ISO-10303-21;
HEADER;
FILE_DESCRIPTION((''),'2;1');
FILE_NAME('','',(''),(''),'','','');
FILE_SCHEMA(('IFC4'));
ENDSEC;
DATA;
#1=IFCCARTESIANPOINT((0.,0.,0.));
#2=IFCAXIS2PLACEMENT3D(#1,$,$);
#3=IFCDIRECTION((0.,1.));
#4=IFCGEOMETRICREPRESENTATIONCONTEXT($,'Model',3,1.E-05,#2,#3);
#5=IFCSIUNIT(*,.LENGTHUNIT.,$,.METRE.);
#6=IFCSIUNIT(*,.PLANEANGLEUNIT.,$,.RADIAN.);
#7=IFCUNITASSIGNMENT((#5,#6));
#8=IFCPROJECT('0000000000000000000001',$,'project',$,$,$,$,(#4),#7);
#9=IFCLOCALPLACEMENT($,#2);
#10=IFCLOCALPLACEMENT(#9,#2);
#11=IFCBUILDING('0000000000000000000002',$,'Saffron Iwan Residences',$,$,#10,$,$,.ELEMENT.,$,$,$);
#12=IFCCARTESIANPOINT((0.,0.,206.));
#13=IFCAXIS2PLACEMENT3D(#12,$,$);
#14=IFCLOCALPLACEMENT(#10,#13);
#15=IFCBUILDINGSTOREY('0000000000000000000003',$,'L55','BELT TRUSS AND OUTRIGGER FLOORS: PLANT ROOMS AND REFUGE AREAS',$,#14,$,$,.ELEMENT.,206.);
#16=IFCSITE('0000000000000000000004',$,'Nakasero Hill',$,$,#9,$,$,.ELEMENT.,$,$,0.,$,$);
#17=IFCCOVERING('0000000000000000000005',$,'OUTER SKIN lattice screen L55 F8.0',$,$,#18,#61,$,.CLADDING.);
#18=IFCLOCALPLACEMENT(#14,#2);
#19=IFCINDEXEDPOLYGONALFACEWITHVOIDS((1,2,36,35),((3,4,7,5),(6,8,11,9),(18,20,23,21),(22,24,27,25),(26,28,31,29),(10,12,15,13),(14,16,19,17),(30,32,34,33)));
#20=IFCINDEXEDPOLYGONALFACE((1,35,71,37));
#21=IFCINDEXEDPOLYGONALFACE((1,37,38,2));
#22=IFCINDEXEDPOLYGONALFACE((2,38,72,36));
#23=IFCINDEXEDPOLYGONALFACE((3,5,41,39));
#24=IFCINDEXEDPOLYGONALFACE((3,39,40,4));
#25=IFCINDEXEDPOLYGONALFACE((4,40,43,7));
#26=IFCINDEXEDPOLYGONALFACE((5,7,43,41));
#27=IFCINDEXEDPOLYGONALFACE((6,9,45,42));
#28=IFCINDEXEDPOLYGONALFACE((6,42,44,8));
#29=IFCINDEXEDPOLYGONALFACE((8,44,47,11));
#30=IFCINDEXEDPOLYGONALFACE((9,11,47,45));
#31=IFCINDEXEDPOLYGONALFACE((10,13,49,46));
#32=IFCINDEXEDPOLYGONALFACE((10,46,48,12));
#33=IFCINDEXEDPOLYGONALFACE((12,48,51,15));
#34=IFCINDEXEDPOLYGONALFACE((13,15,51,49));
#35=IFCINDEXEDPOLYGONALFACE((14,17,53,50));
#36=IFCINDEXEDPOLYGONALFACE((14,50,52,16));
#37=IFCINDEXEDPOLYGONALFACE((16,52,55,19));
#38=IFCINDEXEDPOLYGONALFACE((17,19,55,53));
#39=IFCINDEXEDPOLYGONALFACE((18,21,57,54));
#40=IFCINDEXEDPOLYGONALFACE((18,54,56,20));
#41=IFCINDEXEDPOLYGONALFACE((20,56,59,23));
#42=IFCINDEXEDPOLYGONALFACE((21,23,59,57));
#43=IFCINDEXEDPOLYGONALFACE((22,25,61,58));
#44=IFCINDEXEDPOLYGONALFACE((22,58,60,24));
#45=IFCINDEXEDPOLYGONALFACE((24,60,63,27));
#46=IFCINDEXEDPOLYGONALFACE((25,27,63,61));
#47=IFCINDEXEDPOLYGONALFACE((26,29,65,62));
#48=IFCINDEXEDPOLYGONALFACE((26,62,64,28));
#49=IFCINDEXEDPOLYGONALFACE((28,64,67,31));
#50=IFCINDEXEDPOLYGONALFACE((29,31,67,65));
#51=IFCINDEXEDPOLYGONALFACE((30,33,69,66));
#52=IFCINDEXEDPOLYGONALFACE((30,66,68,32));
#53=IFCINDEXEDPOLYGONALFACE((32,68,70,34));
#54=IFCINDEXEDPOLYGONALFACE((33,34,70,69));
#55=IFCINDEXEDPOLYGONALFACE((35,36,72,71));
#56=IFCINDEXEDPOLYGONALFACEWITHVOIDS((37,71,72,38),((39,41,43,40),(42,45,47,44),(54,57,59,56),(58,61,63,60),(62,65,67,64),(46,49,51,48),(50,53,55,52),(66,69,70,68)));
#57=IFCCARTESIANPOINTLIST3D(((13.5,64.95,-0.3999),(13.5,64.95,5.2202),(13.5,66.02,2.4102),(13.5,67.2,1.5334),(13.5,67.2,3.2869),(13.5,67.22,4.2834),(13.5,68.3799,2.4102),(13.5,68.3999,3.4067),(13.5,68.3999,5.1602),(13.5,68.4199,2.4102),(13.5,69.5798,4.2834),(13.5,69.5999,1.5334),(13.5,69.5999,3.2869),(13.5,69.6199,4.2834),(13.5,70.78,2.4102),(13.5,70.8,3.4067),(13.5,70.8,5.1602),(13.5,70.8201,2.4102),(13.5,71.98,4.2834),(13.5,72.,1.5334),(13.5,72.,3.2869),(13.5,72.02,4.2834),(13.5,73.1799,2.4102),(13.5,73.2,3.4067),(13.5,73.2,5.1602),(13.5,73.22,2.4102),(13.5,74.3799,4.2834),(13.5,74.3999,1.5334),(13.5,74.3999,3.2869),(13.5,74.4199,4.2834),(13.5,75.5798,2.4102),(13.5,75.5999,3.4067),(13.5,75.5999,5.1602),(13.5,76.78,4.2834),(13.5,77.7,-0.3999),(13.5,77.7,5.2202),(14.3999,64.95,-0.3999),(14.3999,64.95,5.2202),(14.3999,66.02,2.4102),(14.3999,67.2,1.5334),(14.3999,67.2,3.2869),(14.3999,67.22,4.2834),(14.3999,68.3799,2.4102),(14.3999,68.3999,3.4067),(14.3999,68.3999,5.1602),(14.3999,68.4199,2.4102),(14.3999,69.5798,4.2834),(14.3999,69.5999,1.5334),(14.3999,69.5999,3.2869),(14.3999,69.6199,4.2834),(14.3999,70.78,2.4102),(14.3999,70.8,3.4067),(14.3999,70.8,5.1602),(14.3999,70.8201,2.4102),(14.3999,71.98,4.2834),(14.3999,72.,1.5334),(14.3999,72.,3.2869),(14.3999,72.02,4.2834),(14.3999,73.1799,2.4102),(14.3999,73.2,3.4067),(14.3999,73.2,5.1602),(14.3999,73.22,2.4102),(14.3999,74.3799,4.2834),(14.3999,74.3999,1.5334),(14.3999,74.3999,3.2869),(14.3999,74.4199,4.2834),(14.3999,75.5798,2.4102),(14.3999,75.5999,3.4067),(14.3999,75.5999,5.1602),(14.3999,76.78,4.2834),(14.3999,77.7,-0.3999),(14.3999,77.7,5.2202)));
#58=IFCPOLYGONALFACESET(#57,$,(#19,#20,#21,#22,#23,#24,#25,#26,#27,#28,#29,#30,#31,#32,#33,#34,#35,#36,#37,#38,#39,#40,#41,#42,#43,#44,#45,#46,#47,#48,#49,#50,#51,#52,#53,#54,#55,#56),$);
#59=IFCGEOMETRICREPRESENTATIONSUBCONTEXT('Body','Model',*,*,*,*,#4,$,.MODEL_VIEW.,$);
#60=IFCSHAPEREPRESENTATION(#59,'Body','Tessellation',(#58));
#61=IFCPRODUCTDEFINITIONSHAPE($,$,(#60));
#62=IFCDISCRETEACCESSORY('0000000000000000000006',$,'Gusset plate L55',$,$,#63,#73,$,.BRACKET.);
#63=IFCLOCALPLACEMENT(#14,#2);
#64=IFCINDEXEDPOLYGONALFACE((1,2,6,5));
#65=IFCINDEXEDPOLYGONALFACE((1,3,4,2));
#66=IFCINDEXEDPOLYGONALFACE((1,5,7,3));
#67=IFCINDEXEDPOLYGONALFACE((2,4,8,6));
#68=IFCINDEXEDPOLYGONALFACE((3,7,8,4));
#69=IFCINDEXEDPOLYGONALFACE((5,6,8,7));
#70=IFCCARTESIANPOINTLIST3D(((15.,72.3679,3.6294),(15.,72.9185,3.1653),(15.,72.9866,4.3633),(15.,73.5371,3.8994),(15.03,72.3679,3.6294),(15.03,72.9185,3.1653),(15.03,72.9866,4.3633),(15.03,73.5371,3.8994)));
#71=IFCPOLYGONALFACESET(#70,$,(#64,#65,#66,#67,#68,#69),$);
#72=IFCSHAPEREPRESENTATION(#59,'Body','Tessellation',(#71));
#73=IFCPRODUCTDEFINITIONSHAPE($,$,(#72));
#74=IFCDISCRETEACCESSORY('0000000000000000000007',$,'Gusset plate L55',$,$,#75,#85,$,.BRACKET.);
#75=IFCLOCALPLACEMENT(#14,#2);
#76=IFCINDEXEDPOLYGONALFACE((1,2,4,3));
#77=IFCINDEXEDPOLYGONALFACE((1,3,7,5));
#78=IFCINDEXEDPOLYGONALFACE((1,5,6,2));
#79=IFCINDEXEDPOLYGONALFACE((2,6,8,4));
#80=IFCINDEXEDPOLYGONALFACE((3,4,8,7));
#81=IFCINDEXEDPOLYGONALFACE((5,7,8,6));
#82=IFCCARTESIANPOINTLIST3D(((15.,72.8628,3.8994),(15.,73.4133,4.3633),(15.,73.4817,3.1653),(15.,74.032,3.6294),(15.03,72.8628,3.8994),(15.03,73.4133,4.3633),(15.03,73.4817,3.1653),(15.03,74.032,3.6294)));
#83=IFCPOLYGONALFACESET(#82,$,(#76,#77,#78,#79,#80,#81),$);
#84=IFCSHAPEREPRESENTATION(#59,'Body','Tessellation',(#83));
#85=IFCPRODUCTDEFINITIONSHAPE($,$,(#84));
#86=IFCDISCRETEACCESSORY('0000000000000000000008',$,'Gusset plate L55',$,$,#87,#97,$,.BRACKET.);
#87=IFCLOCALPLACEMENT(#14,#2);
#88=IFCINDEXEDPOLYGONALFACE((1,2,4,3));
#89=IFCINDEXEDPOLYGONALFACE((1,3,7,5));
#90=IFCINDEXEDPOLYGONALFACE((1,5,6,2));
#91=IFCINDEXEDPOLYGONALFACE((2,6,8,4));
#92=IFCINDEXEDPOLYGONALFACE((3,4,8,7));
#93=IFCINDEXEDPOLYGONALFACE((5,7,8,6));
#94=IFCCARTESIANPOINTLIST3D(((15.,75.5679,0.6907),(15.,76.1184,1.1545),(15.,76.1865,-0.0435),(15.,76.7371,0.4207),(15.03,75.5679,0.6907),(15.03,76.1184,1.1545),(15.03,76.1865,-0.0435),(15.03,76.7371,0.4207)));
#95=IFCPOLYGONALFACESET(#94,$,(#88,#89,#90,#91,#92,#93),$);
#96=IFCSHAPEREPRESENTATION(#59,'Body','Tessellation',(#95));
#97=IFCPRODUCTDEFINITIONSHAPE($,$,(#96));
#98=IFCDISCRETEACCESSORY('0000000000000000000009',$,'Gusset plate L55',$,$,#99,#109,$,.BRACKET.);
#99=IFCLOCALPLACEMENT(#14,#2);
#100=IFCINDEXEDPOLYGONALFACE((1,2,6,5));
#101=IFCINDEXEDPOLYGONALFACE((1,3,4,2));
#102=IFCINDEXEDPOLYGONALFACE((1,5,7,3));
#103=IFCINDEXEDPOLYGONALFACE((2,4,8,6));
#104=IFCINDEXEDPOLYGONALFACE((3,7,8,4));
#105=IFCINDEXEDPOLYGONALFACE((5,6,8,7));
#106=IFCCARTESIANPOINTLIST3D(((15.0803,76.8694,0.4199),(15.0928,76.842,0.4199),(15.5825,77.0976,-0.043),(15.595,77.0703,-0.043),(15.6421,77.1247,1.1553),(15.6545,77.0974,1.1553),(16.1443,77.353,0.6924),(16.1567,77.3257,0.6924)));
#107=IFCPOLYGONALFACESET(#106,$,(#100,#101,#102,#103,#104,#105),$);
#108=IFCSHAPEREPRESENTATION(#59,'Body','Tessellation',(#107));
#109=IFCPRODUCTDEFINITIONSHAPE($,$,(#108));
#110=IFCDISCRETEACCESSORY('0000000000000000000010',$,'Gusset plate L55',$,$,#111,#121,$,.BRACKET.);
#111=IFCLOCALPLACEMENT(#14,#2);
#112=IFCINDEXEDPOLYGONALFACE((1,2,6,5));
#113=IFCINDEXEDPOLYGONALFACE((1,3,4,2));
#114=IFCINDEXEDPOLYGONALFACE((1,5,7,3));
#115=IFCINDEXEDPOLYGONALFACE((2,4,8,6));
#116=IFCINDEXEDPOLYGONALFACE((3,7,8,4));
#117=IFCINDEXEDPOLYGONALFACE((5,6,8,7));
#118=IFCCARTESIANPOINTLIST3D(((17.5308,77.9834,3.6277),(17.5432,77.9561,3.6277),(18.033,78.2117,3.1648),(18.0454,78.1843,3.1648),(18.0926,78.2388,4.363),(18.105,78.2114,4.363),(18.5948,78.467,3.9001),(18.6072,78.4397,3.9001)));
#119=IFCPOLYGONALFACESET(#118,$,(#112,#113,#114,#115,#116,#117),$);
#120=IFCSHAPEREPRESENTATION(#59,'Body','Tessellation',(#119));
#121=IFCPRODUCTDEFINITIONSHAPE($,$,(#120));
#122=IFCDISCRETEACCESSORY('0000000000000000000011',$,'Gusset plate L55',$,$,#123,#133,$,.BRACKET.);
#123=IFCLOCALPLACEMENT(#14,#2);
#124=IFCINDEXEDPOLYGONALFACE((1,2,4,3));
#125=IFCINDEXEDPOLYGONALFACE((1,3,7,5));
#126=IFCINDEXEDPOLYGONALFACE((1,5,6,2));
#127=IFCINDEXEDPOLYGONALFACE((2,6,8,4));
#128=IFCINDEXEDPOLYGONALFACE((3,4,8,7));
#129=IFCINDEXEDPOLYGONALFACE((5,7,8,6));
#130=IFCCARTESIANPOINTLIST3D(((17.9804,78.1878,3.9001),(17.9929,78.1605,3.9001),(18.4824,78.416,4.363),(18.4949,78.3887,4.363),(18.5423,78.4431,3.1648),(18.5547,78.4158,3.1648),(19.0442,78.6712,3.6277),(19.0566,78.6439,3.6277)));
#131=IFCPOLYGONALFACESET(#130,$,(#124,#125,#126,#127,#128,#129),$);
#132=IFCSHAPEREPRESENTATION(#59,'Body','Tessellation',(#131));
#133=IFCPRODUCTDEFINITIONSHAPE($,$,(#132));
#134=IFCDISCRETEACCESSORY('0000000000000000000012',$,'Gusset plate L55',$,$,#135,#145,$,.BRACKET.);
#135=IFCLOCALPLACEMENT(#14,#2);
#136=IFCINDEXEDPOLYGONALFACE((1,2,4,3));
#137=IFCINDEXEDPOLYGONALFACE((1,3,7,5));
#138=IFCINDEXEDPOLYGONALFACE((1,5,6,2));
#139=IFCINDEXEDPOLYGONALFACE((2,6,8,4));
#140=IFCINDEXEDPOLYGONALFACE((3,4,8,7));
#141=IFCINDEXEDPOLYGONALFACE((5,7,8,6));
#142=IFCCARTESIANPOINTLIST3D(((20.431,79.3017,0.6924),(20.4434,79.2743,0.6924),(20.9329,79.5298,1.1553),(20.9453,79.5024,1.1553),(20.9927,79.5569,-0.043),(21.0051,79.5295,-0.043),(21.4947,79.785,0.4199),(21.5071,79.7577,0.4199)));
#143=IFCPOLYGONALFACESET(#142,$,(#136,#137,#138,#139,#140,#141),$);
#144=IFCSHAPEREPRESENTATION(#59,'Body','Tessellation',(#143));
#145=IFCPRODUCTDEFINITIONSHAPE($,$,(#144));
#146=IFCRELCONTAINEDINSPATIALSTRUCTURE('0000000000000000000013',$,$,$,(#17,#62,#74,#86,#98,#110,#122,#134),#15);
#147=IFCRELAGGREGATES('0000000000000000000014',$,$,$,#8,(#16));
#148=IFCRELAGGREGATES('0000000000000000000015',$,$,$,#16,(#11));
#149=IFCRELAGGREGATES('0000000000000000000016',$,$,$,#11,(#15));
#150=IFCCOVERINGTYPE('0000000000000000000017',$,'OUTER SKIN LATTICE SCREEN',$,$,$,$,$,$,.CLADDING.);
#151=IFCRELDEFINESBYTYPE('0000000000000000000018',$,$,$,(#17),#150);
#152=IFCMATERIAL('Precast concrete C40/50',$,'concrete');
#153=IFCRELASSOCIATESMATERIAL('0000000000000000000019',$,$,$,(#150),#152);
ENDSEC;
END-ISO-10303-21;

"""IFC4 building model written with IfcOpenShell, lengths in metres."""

from ifc_helpers import new_model, si_unit, direction, frame, origin, place, context, subcontext, project, spatial, polyline, outline, extrude, material, type_object, element, save


model = new_model("IFC4")

# Units and contexts
model_context = context("Model", 3, precision=1e-05, world=origin(), true_north=direction((0.0, 1.0)))
body_context = subcontext(model_context, "Body", "Model", "MODEL_VIEW")
ifc_project = project(units=[si_unit("LENGTHUNIT", "METRE"), si_unit("PLANEANGLEUNIT", "RADIAN")], contexts=[model_context])

# Site, building, storey
site_placement = place(None, origin())
site = spatial("IfcSite", under=ifc_project, at=site_placement, Name="Nakasero Hill", CompositionType="ELEMENT", RefElevation=0.0)
building_placement = place(site_placement, origin())
building = spatial("IfcBuilding", under=site, at=building_placement, Name="Saffron Iwan Residences", CompositionType="ELEMENT")
storey_placement = place(building_placement, frame((0.0, 0.0, 206.0)))
storey = spatial("IfcBuildingStorey", under=building, at=storey_placement, Name="L55", Description="BELT TRUSS AND OUTRIGGER FLOORS: PLANT ROOMS AND REFUGE AREAS", CompositionType="ELEMENT", Elevation=206.0)

# Covering
ifc_material_1 = material(Name="Precast concrete C40/50", Category="concrete")
covering_type = type_object("IfcCoveringType", Name="OUTER SKIN LATTICE SCREEN", PredefinedType="CLADDING", material=ifc_material_1)
covering_placement = place(storey_placement, frame((14.3999, 77.7, -0.3999), z_axis=(-1.0, 0.0, 0.0), x_axis=(0.0, -1.0, 0.0)))
element("IfcCovering", 1, at=covering_placement, inside=storey, type_object=covering_type, Name="OUTER SKIN lattice screen L55 F8.0", PredefinedType="CLADDING", context=body_context, shape_type="SweptSolid", body=[
    extrude(outline(polyline([(0.0, 0.0), (12.75, 0.0), (12.75, 5.6201), (0.0, 5.6201), (0.0, 0.0)]), holes=[polyline([(2.1201, 2.8101), (3.3, 1.9333), (4.48, 2.8101), (3.3, 3.6868), (2.1201, 2.8101)]), polyline([(4.52, 2.8101), (5.7, 1.9333), (6.8799, 2.8101), (5.7, 3.6868), (4.52, 2.8101)]), polyline([(6.9199, 2.8101), (8.1001, 1.9333), (9.28, 2.8101), (8.1001, 3.6868), (6.9199, 2.8101)]), polyline([(9.3201, 2.8101), (10.5, 1.9333), (11.6799, 2.8101), (10.5, 3.6868), (9.3201, 2.8101)]), polyline([(0.9199, 4.6833), (2.1001, 3.8066), (3.28, 4.6833), (2.1001, 5.5601), (0.9199, 4.6833)]), polyline([(3.3201, 4.6833), (4.5, 3.8066), (5.6799, 4.6833), (4.5, 5.5601), (3.3201, 4.6833)]), polyline([(5.72, 4.6833), (6.8999, 3.8066), (8.0801, 4.6833), (6.8999, 5.5601), (5.72, 4.6833)]), polyline([(8.1201, 4.6833), (9.3, 3.8066), (10.48, 4.6833), (9.3, 5.5601), (8.1201, 4.6833)])]), origin(), (0.0, 0.0, 1.0), 0.8999),
])

# Discrete accessories
discrete_accessory_1_placement = place(storey_placement, frame((15.0, 73.5371, 3.8994), z_axis=(-1.0, 0.0, 0.0), x_axis=(0.0, -0.644402, -0.764687)))
element("IfcDiscreteAccessory", 2, at=discrete_accessory_1_placement, inside=storey, Name="Gusset plate L55", PredefinedType="BRACKET", context=body_context, shape_type="SweptSolid", body=[
    extrude(outline(polyline([(0.0, 0.0), (0.96, 0.0), (0.9599, 0.7201), (0.0001, 0.7199), (0.0, 0.0)])), origin(), (0.0, 0.0, -1.0), 0.03),
])
discrete_accessory_2_placement = place(storey_placement, frame((15.0, 73.4133, 4.3633), z_axis=(-1.0, 0.0, 0.0), x_axis=(0.0, 0.644527, -0.764581)))
element("IfcDiscreteAccessory", 3, at=discrete_accessory_2_placement, inside=storey, Name="Gusset plate L55", PredefinedType="BRACKET", context=body_context, shape_type="SweptSolid", body=[
    extrude(outline(polyline([(0.0, 0.0), (0.9599, 0.0), (0.96, 0.7199), (-0.0002, 0.7199), (0.0, 0.0)])), origin(), (0.0, 0.0, -1.0), 0.03),
])
discrete_accessory_3_placement = place(storey_placement, frame((15.0, 76.1865, -0.0435), z_axis=(-1.0, 0.0, 0.0), x_axis=(0.0, -0.644402, 0.764687)))
element("IfcDiscreteAccessory", 4, at=discrete_accessory_3_placement, inside=storey, Name="Gusset plate L55", PredefinedType="BRACKET", context=body_context, shape_type="SweptSolid", body=[
    extrude(outline(polyline([(0.0, 0.0), (0.96, 0.0), (0.96, 0.7199), (0.0001, 0.7201), (0.0, 0.0)])), origin(), (0.0, 0.0, -1.0), 0.03),
])
for number, where, z_axis, x_axis, name in (
    (5, (15.0928, 76.842, 0.4199), (0.413815, -0.910361, 0.000016), (0.585194, 0.26602, 0.766017), "Gusset plate L55"),
    (6, (18.6072, 78.4397, 3.9001), (0.413815, -0.910361, 0.000016), (-0.585194, -0.26602, -0.766017), "Gusset plate L55"),
):
    element("IfcDiscreteAccessory", number, at=place(storey_placement, frame(where, z_axis=z_axis, x_axis=x_axis)), inside=storey, Name=name, PredefinedType="BRACKET", context=body_context, shape_type="SweptSolid", body=[
        extrude(outline(polyline([(0.0, 0.0), (0.96, 0.0), (0.96, -0.7201), (0.0, -0.7201), (0.0, 0.0)])), origin(), (0.0, 0.0, -1.0), 0.03),
    ])
for number, where, z_axis, x_axis, name in (
    (7, (18.4949, 78.3887, 4.363), (0.413738, -0.910396, 0.000064), (0.585186, 0.265889, -0.766068), "Gusset plate L55"),
    (8, (21.0051, 79.5295, -0.043), (0.413738, -0.910396, 0.000064), (-0.585186, -0.265889, 0.766068), "Gusset plate L55"),
):
    element("IfcDiscreteAccessory", number, at=place(storey_placement, frame(where, z_axis=z_axis, x_axis=x_axis)), inside=storey, Name=name, PredefinedType="BRACKET", context=body_context, shape_type="SweptSolid", body=[
        extrude(outline(polyline([(0.0, 0.0), (0.9599, 0.0), (0.9601, -0.7199), (0.0002, -0.72), (0.0, 0.0)])), origin(), (0.0, 0.0, -1.0), 0.03),
    ])

save(model, "model.ifc")
